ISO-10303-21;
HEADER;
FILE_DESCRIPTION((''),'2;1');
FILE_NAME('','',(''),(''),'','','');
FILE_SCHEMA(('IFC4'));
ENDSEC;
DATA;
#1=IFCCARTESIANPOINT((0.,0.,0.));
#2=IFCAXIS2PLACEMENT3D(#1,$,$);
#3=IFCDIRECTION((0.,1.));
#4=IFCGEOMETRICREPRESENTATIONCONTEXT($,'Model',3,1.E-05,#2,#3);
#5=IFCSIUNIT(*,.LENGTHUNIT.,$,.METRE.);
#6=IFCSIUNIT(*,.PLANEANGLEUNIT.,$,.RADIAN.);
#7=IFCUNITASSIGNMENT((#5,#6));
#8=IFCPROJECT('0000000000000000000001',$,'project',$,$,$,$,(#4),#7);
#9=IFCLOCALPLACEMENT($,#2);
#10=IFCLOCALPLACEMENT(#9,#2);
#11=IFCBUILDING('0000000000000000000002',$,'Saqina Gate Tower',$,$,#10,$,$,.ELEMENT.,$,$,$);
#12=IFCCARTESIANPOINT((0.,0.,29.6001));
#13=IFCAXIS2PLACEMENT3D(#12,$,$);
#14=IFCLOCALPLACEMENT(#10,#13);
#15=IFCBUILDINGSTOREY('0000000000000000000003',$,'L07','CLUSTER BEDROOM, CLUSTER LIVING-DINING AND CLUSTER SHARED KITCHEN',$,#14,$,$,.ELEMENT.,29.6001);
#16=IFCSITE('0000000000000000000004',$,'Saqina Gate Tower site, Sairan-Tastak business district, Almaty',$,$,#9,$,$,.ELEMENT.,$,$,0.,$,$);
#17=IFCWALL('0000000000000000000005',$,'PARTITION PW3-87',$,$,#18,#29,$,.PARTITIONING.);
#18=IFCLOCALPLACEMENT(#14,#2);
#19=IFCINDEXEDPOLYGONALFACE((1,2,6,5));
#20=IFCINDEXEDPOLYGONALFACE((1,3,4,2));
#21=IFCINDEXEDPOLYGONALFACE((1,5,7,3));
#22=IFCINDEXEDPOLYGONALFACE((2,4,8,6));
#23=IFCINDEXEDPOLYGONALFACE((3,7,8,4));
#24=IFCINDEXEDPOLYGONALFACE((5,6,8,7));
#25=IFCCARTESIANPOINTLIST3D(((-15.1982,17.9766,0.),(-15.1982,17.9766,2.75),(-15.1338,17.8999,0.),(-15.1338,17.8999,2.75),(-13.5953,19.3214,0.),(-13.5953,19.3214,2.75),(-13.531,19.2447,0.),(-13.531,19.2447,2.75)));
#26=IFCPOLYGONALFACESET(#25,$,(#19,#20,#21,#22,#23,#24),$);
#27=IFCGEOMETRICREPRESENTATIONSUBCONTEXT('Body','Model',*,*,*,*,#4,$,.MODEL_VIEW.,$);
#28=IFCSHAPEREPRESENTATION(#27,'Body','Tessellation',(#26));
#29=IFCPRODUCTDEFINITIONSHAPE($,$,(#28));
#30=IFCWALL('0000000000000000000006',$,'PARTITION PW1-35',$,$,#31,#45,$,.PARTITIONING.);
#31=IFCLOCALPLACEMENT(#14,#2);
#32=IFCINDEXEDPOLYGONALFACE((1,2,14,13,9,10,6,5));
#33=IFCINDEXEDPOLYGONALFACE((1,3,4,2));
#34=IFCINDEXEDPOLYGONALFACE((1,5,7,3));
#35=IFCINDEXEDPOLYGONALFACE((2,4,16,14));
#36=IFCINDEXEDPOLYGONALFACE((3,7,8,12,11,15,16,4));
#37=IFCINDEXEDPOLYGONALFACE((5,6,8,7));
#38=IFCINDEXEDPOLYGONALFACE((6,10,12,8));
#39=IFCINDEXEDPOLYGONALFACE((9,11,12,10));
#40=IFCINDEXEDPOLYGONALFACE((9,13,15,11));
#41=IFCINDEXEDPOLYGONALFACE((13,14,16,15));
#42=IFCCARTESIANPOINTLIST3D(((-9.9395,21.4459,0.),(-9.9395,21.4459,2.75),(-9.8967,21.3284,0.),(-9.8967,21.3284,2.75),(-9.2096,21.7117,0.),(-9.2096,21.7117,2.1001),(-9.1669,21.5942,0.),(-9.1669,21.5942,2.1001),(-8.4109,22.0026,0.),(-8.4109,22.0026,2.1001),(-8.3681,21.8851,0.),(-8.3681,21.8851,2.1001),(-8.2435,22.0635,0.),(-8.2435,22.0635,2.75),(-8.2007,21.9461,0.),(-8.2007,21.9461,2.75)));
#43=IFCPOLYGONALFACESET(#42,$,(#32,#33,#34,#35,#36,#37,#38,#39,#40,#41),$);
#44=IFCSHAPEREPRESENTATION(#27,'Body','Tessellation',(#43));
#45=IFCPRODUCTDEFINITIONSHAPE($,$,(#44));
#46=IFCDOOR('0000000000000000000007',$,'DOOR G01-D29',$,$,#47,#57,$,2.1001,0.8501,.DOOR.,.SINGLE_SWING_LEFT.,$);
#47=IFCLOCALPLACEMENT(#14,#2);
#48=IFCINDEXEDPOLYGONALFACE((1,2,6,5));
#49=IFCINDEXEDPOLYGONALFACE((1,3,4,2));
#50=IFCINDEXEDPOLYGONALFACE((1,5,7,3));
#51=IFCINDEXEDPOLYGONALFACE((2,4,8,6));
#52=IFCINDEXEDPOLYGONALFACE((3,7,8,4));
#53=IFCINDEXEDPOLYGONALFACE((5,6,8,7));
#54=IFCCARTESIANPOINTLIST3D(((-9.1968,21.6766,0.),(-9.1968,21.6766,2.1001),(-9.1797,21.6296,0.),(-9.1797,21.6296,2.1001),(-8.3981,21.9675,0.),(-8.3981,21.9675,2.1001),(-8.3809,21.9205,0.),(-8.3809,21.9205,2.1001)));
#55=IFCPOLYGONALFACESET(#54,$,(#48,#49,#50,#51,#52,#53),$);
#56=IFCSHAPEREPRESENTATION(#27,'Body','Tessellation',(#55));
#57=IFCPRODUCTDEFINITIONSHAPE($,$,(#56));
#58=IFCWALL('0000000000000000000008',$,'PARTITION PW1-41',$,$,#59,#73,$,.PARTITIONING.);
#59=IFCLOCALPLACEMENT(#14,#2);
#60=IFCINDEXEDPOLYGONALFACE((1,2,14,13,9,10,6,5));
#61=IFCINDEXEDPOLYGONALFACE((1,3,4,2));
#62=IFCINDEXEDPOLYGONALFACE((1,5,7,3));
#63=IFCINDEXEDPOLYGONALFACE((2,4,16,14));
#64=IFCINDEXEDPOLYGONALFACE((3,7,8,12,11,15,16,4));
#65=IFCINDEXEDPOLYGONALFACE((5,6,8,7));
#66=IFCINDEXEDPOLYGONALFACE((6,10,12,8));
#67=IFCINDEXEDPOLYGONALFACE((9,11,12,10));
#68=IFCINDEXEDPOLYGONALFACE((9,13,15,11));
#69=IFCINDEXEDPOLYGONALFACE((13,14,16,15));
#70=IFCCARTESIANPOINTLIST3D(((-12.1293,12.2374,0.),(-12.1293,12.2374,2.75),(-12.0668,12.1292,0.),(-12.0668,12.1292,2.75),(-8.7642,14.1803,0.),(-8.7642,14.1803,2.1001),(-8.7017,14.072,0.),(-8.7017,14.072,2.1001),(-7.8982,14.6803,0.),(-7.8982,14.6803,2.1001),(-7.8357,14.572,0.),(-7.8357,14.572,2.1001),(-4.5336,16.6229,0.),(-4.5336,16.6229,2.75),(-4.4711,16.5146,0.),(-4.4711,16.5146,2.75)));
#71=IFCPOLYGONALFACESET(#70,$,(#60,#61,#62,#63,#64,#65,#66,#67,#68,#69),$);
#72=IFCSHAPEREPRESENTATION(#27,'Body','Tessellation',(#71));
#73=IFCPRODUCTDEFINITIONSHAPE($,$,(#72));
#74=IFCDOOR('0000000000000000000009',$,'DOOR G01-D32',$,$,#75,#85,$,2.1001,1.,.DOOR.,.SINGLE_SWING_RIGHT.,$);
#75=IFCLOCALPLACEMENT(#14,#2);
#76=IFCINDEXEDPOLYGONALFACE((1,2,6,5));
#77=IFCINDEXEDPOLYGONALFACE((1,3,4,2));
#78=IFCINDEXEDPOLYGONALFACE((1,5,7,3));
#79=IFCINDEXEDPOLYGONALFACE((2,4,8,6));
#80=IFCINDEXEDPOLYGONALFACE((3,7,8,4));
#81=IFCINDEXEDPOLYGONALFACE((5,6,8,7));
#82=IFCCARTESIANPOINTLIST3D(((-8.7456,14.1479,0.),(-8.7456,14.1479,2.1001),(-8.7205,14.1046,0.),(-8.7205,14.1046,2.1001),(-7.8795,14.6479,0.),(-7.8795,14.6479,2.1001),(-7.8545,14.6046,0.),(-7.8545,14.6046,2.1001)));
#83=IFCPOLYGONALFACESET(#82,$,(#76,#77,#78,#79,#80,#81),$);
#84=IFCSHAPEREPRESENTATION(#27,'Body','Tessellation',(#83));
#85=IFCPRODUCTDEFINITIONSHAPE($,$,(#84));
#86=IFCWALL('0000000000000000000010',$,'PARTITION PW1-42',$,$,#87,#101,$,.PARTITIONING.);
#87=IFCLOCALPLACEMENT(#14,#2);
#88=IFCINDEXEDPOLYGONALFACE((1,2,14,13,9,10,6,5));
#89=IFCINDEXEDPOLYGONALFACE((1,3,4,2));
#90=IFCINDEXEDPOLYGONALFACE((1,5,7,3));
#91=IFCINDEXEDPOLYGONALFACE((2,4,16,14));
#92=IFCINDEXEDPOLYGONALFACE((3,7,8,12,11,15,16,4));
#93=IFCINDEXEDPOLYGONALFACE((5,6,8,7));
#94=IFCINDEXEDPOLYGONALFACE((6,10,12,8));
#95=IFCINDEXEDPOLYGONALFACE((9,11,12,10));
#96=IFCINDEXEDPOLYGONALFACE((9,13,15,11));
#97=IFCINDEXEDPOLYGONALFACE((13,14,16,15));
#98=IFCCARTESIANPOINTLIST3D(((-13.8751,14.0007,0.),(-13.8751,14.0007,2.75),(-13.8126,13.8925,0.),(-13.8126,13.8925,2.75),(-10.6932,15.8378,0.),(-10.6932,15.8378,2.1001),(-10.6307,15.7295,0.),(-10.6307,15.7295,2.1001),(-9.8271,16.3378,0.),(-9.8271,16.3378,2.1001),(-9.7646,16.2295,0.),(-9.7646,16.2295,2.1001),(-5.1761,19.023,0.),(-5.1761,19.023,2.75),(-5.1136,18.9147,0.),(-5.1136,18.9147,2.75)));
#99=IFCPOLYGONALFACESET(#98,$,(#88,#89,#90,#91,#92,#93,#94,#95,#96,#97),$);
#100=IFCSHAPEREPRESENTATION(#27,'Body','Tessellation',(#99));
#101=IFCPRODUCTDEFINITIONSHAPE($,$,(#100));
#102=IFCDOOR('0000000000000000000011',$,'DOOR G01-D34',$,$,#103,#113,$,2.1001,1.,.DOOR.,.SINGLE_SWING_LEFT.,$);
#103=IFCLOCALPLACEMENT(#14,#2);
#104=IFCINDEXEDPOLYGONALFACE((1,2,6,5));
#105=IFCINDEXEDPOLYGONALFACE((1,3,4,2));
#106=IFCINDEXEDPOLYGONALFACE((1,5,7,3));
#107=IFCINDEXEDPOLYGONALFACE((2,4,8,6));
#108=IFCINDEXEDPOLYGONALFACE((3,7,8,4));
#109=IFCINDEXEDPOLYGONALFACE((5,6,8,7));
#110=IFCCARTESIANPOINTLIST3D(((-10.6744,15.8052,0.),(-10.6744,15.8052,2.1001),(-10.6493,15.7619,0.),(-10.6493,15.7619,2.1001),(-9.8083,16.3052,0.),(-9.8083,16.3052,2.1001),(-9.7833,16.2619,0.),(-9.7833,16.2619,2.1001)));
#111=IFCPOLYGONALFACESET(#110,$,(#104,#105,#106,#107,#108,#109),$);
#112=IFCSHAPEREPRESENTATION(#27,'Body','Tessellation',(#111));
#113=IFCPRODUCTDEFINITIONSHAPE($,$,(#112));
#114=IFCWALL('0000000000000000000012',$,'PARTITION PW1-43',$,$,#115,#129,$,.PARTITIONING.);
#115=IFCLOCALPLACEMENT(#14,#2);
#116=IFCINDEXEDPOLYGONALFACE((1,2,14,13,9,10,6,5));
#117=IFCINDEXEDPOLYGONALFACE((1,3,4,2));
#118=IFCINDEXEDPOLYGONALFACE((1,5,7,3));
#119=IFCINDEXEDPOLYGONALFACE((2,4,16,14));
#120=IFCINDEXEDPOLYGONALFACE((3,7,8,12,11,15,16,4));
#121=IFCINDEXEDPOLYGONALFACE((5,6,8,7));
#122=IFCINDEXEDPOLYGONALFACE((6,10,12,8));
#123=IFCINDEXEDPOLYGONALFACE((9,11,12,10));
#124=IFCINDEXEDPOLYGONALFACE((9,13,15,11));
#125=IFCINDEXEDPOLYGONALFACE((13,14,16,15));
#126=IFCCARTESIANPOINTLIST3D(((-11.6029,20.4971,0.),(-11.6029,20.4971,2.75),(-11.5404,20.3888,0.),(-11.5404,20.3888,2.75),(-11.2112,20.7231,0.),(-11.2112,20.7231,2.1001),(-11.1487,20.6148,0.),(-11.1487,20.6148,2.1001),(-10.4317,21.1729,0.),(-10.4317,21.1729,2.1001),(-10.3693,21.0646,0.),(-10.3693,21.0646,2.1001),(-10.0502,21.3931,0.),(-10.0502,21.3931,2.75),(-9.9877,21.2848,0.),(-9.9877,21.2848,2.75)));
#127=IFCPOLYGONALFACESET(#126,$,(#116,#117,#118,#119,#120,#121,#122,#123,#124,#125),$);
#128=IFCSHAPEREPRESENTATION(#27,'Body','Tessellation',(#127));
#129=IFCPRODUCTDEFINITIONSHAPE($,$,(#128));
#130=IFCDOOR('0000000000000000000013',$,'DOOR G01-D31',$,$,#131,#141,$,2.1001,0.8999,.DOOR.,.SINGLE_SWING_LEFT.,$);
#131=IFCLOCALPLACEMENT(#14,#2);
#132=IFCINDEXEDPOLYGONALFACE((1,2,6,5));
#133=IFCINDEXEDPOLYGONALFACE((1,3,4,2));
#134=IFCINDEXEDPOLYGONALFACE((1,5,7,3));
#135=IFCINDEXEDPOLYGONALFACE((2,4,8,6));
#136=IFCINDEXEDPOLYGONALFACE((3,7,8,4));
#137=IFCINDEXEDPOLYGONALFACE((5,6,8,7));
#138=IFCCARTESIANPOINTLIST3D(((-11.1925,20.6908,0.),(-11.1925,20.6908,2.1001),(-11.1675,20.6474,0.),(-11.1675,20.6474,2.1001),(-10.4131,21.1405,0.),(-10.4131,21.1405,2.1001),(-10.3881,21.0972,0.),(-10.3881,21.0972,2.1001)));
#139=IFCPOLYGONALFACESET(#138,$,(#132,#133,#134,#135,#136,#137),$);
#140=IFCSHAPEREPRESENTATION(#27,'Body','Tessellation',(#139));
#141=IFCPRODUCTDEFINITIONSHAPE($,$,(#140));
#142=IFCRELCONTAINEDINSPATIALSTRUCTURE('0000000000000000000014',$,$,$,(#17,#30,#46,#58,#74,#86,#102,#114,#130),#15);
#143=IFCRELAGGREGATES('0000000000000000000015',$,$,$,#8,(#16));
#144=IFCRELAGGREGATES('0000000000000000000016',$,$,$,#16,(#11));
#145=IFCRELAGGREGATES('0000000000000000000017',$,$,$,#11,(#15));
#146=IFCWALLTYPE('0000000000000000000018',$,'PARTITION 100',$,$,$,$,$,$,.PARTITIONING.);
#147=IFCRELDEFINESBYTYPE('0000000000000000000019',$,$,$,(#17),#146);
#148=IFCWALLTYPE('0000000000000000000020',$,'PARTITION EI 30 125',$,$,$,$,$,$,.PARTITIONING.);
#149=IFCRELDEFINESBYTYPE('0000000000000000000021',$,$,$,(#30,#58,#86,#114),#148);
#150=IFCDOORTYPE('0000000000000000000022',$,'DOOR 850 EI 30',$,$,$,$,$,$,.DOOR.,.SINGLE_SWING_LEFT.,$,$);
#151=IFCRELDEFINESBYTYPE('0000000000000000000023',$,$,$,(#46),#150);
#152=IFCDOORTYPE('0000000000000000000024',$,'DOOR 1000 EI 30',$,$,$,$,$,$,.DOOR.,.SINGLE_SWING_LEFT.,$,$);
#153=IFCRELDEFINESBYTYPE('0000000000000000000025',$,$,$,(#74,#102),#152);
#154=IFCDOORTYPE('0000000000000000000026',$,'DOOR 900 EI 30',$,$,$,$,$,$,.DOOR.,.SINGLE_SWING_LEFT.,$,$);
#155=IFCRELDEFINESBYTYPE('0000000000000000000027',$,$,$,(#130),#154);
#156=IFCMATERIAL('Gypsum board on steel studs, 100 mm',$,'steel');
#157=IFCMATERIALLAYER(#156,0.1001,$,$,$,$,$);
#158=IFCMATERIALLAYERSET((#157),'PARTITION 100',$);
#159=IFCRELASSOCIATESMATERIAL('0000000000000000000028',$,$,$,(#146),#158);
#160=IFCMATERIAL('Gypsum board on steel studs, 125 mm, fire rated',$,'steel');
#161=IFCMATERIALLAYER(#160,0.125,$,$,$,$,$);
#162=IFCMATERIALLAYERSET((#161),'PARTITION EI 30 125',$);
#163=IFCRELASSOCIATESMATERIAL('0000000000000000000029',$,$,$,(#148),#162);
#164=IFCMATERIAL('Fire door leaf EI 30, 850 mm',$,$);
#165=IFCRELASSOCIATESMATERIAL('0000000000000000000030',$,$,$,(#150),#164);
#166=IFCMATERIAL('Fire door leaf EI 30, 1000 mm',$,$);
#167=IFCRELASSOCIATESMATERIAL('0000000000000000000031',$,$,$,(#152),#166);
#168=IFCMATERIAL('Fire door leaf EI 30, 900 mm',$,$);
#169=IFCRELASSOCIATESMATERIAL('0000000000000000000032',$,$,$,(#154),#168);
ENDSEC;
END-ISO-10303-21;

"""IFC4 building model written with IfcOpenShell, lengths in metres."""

from ifc_helpers import new_model, si_unit, direction, frame, frame_2d, origin, place, context, subcontext, project, spatial, rectangle, extrude, material, layer, layer_set, type_object, element, fill, save


model = new_model("IFC4")

# Units and contexts
model_context = context("Model", 3, precision=1e-05, world=origin(), true_north=direction((0.0, 1.0)))
body_context = subcontext(model_context, "Body", "Model", "MODEL_VIEW")
ifc_project = project(units=[si_unit("LENGTHUNIT", "METRE"), si_unit("PLANEANGLEUNIT", "RADIAN")], contexts=[model_context])

# Site, building, storey
site_placement = place(None, origin())
site = spatial("IfcSite", under=ifc_project, at=site_placement, Name="Saqina Gate Tower site, Sairan-Tastak business district, Almaty", CompositionType="ELEMENT", RefElevation=0.0)
building_placement = place(site_placement, origin())
building = spatial("IfcBuilding", under=site, at=building_placement, Name="Saqina Gate Tower", CompositionType="ELEMENT")
storey_placement = place(building_placement, frame((0.0, 0.0, 29.6001)))
storey = spatial("IfcBuildingStorey", under=building, at=storey_placement, Name="L07", Description="CLUSTER BEDROOM, CLUSTER LIVING-DINING AND CLUSTER SHARED KITCHEN", CompositionType="ELEMENT", Elevation=29.6001)

# Shared definitions
ifc_material_1 = material(Name="Gypsum board on steel studs, 100 mm", Category="steel")
ifc_layer_1 = layer(ifc_material_1, 0.1001)
ifc_layer_set_1 = layer_set([ifc_layer_1], Name="PARTITION 100")
wall_type_1 = type_object("IfcWallType", Name="PARTITION 100", PredefinedType="PARTITIONING", material=ifc_layer_set_1)

# Wall
wall_1_placement = place(storey_placement, frame((-15.166, 17.9382, 0.0), z_axis=(0.0, 0.0, 1.0), x_axis=(0.766084, 0.64274, 0.0)))
element("IfcWall", 1, at=wall_1_placement, inside=storey, type_object=wall_type_1, Name="PARTITION PW3-87", PredefinedType="PARTITIONING", context=body_context, shape_type="SweptSolid", body=[
    extrude(rectangle(XDim=2.0923, YDim=0.1001, at=frame_2d((1.0461, 0.0))), origin(), (0.0, 0.0, 1.0), 2.75),
])

# Walls, openings, doors
ifc_material_2 = material(Name="Gypsum board on steel studs, 125 mm, fire rated", Category="steel")
ifc_layer_2 = layer(ifc_material_2, 0.125)
ifc_layer_set_2 = layer_set([ifc_layer_2], Name="PARTITION EI 30 125")
wall_type_2 = type_object("IfcWallType", Name="PARTITION EI 30 125", PredefinedType="PARTITIONING", material=ifc_layer_set_2)
wall_2_placement = place(storey_placement, frame((-9.918, 21.3872, 0.0), z_axis=(0.0, 0.0, 1.0), x_axis=(0.939627, 0.342199, 0.0)))
wall_2 = element("IfcWall", 2, at=wall_2_placement, inside=storey, type_object=wall_type_2, Name="PARTITION PW1-35", PredefinedType="PARTITIONING", context=body_context, shape_type="SweptSolid", body=[
    extrude(rectangle(XDim=1.8049, YDim=0.125, at=frame_2d((0.9023, 0.0))), origin(), (0.0, 0.0, 1.0), 2.75),
])
opening_1_placement = place(wall_2_placement, frame((0.7766, 0.0, 0.0)))
opening_1 = element("IfcOpeningElement", 3, at=opening_1_placement, cuts=wall_2, PredefinedType="OPENING", context=body_context, shape_type="SweptSolid", body=[
    extrude(rectangle(XDim=0.8501, YDim=2.1001, at=frame_2d((0.425, 1.05))), frame((0.0, 0.0745, 0.0), z_axis=(0.0, -1.0, 0.0), x_axis=(1.0, 0.0, 0.0)), (0.0, 0.0, 1.0), 0.1489),
])
ifc_material_3 = material(Name="Fire door leaf EI 30, 850 mm")
door_type_1 = type_object("IfcDoorType", Name="DOOR 850 EI 30", OperationType="SINGLE_SWING_LEFT", PredefinedType="DOOR", material=ifc_material_3)
door_1_placement = place(opening_1_placement, frame((0.8501, 0.0, 0.0), z_axis=(0.0, 0.0, 1.0), x_axis=(-1.0, 0.0, 0.0)))
door_1 = element("IfcDoor", 4, at=door_1_placement, inside=storey, type_object=door_type_1, Name="DOOR G01-D29", OperationType="SINGLE_SWING_LEFT", OverallHeight=2.1001, OverallWidth=0.8501, PredefinedType="DOOR", context=body_context, shape_type="SweptSolid", body=[
    extrude(rectangle(XDim=0.8501, YDim=2.1001, at=frame_2d((0.425, 1.05))), frame((0.0, 0.0249, 0.0), z_axis=(0.0, -1.0, 0.0), x_axis=(1.0, 0.0, 0.0)), (0.0, 0.0, 1.0), 0.05),
])
fill(opening_1, door_1)
wall_3_placement = place(storey_placement, frame((-12.0979, 12.1833, 0.0), z_axis=(0.0, 0.0, 1.0), x_axis=(0.86602, 0.50001, 0.0)))
wall_3 = element("IfcWall", 5, at=wall_3_placement, inside=storey, type_object=wall_type_2, Name="PARTITION PW1-41", PredefinedType="PARTITIONING", context=body_context, shape_type="SweptSolid", body=[
    extrude(rectangle(XDim=8.7708, YDim=0.125, at=frame_2d((4.3853, 0.0))), origin(), (0.0, 0.0, 1.0), 2.75),
])
opening_2_placement = place(wall_3_placement, frame((3.8855, 0.0, 0.0)))
opening_2 = element("IfcOpeningElement", 6, at=opening_2_placement, cuts=wall_3, PredefinedType="OPENING", context=body_context, shape_type="SweptSolid", body=[
    extrude(rectangle(XDim=1.0, YDim=2.1001, at=frame_2d((0.5, 1.05))), frame((0.0, 0.0745, 0.0), z_axis=(0.0, -1.0, 0.0), x_axis=(1.0, 0.0, 0.0)), (0.0, 0.0, 1.0), 0.1489),
])
ifc_material_4 = material(Name="Fire door leaf EI 30, 1000 mm")
door_type_2 = type_object("IfcDoorType", Name="DOOR 1000 EI 30", OperationType="SINGLE_SWING_LEFT", PredefinedType="DOOR", material=ifc_material_4)
door_2_placement = place(opening_2_placement, frame((1.0, 0.0, 0.0), z_axis=(0.0, 0.0, 1.0), x_axis=(-1.0, 0.0, 0.0)))
door_2 = element("IfcDoor", 7, at=door_2_placement, inside=storey, type_object=door_type_2, Name="DOOR G01-D32", OperationType="SINGLE_SWING_RIGHT", OverallHeight=2.1001, OverallWidth=1.0, PredefinedType="DOOR", context=body_context, shape_type="SweptSolid", body=[
    extrude(rectangle(XDim=1.0, YDim=2.1001, at=frame_2d((0.5, 1.05))), frame((0.0, 0.0249, 0.0), z_axis=(0.0, -1.0, 0.0), x_axis=(1.0, 0.0, 0.0)), (0.0, 0.0, 1.0), 0.05),
])
fill(opening_2, door_2)
wall_4_placement = place(storey_placement, frame((-13.844, 13.9465, 0.0), z_axis=(0.0, 0.0, 1.0), x_axis=(0.866031, 0.49999, 0.0)))
wall_4 = element("IfcWall", 8, at=wall_4_placement, inside=storey, type_object=wall_type_2, Name="PARTITION PW1-42", PredefinedType="PARTITIONING", context=body_context, shape_type="SweptSolid", body=[
    extrude(rectangle(XDim=10.0447, YDim=0.125, at=frame_2d((5.0225, 0.0))), origin(), (0.0, 0.0, 1.0), 2.75),
])
opening_3_placement = place(wall_4_placement, frame((3.6743, 0.0, 0.0)))
opening_3 = element("IfcOpeningElement", 9, at=opening_3_placement, cuts=wall_4, PredefinedType="OPENING", context=body_context, shape_type="SweptSolid", body=[
    extrude(rectangle(XDim=1.0, YDim=2.1001, at=frame_2d((0.5, 1.05))), frame((0.0, 0.0745, 0.0), z_axis=(0.0, -1.0, 0.0), x_axis=(1.0, 0.0, 0.0)), (0.0, 0.0, 1.0), 0.1489),
])
door_3_placement = place(opening_3_placement, origin())
door_3 = element("IfcDoor", 10, at=door_3_placement, inside=storey, type_object=door_type_2, Name="DOOR G01-D34", OperationType="SINGLE_SWING_LEFT", OverallHeight=2.1001, OverallWidth=1.0, PredefinedType="DOOR", context=body_context, shape_type="SweptSolid", body=[
    extrude(rectangle(XDim=1.0, YDim=2.1001, at=frame_2d((0.5, 1.05))), frame((0.0, 0.0249, 0.0), z_axis=(0.0, -1.0, 0.0), x_axis=(1.0, 0.0, 0.0)), (0.0, 0.0, 1.0), 0.05),
])
fill(opening_3, door_3)
wall_5_placement = place(storey_placement, frame((-11.5718, 20.4429, 0.0), z_axis=(0.0, 0.0, 1.0), x_axis=(0.86614, 0.499801, 0.0)))
wall_5 = element("IfcWall", 11, at=wall_5_placement, inside=storey, type_object=wall_type_2, Name="PARTITION PW1-43", PredefinedType="PARTITIONING", context=body_context, shape_type="SweptSolid", body=[
    extrude(rectangle(XDim=1.7927, YDim=0.125, at=frame_2d((0.8965, 0.0))), origin(), (0.0, 0.0, 1.0), 2.75),
])
opening_4_placement = place(wall_5_placement, frame((0.4524, 0.0, 0.0)))
opening_4 = element("IfcOpeningElement", 12, at=opening_4_placement, cuts=wall_5, PredefinedType="OPENING", context=body_context, shape_type="SweptSolid", body=[
    extrude(rectangle(XDim=0.8999, YDim=2.1001, at=frame_2d((0.45, 1.05))), frame((0.0, 0.0745, 0.0), z_axis=(0.0, -1.0, 0.0), x_axis=(1.0, 0.0, 0.0)), (0.0, 0.0, 1.0), 0.1489),
])
ifc_material_5 = material(Name="Fire door leaf EI 30, 900 mm")
door_type_3 = type_object("IfcDoorType", Name="DOOR 900 EI 30", OperationType="SINGLE_SWING_LEFT", PredefinedType="DOOR", material=ifc_material_5)
door_4_placement = place(opening_4_placement, frame((0.8999, 0.0, 0.0), z_axis=(0.0, 0.0, 1.0), x_axis=(-1.0, 0.0, 0.0)))
door_4 = element("IfcDoor", 13, at=door_4_placement, inside=storey, type_object=door_type_3, Name="DOOR G01-D31", OperationType="SINGLE_SWING_LEFT", OverallHeight=2.1001, OverallWidth=0.8999, PredefinedType="DOOR", context=body_context, shape_type="SweptSolid", body=[
    extrude(rectangle(XDim=0.8999, YDim=2.1001, at=frame_2d((0.45, 1.05))), frame((0.0, 0.0249, 0.0), z_axis=(0.0, -1.0, 0.0), x_axis=(1.0, 0.0, 0.0)), (0.0, 0.0, 1.0), 0.05),
])
fill(opening_4, door_4)

save(model, "model.ifc")
